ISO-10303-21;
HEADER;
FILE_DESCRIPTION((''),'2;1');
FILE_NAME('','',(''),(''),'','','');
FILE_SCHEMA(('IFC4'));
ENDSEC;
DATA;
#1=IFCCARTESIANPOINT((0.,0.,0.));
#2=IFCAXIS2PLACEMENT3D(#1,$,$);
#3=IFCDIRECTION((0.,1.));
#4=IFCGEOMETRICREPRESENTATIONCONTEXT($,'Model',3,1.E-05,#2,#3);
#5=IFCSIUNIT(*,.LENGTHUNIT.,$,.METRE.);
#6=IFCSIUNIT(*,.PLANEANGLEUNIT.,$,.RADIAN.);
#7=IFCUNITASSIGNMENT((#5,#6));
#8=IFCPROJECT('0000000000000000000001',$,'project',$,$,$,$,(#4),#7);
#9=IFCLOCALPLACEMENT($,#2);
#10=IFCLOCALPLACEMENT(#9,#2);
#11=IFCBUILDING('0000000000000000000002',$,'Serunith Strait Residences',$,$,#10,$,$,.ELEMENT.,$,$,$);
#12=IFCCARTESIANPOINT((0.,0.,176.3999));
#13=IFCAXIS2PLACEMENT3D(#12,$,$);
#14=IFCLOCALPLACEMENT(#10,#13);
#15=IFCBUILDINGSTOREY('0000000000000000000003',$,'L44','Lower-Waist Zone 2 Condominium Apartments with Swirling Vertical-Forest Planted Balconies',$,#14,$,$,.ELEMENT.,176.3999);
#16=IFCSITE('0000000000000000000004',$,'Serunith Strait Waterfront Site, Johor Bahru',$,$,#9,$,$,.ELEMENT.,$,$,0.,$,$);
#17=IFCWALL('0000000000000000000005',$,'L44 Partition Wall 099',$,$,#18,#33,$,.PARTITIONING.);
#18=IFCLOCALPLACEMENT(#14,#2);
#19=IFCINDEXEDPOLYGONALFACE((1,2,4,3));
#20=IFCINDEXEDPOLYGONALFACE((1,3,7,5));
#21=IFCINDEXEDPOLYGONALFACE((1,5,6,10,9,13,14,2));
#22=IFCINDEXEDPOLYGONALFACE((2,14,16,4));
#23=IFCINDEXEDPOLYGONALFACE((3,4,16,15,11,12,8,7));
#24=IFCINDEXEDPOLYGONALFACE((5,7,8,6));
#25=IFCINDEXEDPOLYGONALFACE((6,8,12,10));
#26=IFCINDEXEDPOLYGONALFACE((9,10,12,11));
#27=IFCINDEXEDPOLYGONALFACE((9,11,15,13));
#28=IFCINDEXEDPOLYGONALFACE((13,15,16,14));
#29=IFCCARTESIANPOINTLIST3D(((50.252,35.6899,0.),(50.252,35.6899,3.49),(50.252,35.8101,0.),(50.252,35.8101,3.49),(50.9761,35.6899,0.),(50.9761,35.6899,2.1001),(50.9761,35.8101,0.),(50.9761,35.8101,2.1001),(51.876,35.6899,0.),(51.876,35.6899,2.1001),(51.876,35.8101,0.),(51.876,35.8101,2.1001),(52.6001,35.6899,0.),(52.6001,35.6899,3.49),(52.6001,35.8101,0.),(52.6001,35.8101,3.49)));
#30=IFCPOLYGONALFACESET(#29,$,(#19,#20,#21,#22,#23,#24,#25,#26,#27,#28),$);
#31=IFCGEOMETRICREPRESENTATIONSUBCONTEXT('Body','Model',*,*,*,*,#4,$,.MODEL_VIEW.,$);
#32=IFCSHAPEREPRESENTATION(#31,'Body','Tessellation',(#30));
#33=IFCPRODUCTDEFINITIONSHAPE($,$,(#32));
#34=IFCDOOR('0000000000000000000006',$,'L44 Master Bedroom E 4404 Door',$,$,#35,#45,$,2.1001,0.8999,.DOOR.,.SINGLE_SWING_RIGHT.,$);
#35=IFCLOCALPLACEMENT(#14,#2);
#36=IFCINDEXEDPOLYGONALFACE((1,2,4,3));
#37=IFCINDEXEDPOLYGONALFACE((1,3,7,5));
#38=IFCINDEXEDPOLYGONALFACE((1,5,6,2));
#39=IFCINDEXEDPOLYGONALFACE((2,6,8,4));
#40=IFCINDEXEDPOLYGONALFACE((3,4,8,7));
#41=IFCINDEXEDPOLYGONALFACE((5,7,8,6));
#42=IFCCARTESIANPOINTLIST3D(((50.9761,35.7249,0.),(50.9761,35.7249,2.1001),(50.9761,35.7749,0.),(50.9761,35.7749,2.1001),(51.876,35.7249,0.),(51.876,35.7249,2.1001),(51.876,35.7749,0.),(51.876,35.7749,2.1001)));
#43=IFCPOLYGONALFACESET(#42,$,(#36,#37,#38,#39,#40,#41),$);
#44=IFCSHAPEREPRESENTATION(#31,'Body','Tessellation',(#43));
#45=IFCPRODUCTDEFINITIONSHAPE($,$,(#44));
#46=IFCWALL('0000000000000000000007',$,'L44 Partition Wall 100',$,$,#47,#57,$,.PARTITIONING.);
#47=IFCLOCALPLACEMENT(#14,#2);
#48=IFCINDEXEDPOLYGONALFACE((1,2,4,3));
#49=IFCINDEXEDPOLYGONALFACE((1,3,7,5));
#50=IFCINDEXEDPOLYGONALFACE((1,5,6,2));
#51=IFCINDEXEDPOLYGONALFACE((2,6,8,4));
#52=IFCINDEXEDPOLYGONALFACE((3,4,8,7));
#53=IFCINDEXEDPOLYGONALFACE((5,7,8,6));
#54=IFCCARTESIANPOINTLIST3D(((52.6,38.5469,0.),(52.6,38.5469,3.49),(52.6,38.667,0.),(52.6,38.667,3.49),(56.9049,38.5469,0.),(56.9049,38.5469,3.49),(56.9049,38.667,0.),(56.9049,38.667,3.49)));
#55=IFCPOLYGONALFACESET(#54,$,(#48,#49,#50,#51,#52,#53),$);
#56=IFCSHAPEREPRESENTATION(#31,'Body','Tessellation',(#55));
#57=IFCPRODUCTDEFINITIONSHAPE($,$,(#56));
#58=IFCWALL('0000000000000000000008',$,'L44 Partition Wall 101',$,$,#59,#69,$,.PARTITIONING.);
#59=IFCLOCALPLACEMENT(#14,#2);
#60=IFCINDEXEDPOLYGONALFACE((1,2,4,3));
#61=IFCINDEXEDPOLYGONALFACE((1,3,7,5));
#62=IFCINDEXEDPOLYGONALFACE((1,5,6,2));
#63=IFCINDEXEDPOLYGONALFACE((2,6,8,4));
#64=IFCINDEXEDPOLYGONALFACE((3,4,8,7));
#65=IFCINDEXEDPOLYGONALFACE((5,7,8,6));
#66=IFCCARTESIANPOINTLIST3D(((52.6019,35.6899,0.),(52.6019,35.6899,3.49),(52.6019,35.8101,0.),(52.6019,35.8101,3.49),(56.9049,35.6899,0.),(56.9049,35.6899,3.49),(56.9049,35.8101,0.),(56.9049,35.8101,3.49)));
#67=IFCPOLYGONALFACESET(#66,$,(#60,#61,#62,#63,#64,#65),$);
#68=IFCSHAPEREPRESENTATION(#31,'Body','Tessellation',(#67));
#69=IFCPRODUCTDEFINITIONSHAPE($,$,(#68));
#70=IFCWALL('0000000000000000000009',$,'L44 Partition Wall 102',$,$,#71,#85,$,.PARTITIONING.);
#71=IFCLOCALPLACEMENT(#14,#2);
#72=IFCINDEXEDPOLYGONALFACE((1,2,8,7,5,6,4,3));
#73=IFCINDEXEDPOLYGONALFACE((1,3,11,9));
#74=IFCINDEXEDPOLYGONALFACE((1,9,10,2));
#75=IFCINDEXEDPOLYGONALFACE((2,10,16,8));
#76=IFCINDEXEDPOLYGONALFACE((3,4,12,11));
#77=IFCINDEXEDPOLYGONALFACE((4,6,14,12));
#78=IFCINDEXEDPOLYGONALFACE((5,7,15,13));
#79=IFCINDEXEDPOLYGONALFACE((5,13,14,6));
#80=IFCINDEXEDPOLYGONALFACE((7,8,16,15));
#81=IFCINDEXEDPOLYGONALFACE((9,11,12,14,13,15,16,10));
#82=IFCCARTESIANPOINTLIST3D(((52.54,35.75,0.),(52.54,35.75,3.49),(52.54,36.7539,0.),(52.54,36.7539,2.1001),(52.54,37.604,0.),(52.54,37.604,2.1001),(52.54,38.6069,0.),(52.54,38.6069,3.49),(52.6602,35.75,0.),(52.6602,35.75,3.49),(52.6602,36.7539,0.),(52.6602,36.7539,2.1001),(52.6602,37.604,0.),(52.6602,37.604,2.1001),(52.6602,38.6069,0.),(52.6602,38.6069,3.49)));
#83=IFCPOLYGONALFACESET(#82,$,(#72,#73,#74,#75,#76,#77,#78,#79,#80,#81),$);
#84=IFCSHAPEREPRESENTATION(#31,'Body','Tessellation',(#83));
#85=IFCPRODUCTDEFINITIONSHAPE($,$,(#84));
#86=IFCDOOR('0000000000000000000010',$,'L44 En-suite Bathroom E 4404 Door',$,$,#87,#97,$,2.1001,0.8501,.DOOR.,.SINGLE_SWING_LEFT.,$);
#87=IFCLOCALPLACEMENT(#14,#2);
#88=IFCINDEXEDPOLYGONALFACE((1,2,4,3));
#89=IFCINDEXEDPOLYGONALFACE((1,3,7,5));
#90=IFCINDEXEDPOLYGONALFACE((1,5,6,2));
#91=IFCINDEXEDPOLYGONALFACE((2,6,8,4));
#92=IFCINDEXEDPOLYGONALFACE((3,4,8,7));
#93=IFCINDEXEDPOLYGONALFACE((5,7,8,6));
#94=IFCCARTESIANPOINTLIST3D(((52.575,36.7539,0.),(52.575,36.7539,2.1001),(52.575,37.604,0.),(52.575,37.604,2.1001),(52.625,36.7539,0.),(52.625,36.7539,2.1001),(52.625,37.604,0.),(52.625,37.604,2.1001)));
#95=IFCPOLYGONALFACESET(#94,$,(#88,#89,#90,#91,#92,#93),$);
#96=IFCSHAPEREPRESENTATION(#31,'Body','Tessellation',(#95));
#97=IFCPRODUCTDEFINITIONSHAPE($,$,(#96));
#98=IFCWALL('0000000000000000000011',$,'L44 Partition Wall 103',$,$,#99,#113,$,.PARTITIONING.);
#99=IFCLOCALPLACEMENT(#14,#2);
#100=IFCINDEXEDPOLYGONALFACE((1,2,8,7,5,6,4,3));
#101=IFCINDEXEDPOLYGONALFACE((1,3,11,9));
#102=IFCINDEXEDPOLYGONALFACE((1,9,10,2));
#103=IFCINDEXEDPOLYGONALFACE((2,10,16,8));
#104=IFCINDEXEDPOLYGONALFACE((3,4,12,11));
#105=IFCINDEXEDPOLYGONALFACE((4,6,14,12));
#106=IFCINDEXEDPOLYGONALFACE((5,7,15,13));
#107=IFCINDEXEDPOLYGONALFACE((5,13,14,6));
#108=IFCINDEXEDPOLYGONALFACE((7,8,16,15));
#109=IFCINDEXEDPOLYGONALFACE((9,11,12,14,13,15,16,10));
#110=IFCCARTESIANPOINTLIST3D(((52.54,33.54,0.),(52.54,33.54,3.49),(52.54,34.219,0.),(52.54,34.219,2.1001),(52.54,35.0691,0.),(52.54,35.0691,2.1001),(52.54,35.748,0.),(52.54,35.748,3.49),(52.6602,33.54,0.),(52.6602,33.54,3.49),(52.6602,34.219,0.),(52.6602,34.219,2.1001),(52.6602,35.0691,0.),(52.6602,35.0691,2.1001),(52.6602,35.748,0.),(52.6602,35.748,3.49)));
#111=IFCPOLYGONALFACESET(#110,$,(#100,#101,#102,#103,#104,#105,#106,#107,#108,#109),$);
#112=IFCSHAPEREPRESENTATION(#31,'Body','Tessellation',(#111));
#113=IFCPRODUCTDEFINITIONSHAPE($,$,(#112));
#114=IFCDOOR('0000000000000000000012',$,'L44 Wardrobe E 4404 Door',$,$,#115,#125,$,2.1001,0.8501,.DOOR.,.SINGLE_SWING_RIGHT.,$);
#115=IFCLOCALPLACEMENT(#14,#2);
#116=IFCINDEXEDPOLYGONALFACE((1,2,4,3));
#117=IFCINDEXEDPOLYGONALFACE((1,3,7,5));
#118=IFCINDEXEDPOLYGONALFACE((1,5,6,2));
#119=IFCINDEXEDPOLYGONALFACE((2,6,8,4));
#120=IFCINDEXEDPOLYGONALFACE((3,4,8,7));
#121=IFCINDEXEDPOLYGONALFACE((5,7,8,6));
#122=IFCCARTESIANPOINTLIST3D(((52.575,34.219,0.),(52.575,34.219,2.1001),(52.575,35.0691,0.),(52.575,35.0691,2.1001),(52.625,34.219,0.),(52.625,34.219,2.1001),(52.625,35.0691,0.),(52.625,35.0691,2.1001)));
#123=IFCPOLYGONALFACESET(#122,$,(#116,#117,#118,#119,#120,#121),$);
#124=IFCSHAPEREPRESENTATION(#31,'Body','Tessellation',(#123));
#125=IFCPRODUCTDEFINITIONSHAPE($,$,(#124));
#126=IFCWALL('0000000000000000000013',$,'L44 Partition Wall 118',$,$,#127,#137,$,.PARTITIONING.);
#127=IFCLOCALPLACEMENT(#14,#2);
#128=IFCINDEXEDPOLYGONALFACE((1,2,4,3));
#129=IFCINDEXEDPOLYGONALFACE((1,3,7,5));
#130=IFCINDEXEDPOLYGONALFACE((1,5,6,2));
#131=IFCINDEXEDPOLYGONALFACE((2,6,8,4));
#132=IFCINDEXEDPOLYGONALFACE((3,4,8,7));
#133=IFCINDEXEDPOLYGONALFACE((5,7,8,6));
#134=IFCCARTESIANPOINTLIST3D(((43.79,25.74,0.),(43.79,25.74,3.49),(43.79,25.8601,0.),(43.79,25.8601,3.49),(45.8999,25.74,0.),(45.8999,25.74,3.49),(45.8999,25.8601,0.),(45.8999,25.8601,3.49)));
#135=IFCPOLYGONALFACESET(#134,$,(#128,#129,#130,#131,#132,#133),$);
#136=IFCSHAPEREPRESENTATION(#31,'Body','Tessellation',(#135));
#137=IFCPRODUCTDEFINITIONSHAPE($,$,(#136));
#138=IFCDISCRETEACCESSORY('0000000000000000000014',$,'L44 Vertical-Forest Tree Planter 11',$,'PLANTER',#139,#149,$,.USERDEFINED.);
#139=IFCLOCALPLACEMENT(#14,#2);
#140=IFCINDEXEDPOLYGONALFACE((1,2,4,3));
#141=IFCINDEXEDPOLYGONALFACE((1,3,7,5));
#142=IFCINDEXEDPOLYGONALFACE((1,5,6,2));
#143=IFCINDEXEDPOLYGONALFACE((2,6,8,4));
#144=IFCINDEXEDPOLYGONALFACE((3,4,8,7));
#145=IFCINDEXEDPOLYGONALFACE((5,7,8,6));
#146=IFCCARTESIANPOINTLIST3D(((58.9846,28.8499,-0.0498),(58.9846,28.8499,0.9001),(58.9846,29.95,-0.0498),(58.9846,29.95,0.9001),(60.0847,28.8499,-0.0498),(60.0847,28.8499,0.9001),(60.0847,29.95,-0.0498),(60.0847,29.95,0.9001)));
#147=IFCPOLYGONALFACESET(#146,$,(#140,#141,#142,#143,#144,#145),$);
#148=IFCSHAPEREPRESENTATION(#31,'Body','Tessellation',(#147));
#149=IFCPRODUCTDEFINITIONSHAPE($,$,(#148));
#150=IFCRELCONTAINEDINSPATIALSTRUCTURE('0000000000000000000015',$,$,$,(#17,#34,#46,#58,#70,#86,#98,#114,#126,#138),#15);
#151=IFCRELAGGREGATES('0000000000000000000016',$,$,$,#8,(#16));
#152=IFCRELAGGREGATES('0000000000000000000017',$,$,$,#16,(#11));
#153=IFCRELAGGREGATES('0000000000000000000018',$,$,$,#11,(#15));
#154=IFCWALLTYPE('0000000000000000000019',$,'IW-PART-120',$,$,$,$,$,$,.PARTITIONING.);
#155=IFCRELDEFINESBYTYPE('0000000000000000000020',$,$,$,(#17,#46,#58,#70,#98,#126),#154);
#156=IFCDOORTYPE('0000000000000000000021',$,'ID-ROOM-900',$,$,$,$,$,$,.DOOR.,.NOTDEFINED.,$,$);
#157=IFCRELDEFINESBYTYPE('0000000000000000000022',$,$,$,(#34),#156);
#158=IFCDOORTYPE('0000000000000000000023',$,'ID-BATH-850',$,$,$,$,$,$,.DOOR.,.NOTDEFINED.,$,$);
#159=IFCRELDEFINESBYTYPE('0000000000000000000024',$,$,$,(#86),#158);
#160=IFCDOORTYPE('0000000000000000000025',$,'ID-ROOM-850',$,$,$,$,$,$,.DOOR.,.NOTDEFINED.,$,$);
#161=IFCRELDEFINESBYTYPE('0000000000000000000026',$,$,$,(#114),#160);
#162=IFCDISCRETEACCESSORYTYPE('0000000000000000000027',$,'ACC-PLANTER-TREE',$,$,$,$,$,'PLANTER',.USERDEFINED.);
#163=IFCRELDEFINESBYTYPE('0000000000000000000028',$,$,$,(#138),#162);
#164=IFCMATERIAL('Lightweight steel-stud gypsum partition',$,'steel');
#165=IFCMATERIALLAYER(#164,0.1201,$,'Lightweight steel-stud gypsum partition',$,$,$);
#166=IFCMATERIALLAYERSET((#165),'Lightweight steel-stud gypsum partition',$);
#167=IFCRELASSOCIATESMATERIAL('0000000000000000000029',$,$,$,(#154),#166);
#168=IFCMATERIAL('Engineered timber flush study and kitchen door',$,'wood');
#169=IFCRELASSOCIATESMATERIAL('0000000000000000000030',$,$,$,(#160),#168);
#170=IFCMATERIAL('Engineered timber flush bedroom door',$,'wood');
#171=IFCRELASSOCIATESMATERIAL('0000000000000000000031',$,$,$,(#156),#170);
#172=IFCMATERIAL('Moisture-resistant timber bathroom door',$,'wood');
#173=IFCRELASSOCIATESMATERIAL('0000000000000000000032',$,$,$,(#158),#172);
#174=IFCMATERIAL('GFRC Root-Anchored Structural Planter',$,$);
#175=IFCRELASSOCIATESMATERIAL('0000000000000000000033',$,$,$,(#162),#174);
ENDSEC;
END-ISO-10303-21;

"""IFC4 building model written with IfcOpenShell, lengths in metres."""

from ifc_helpers import new_model, si_unit, direction, frame, frame_2d, origin, origin_2d, place, context, subcontext, project, spatial, rectangle, extrude, source, transform, mapped, material, layer, layer_set, type_object, element, fill, save


model = new_model("IFC4")

# Units and contexts
model_context = context("Model", 3, precision=1e-05, world=origin(), true_north=direction((0.0, 1.0)))
body_context = subcontext(model_context, "Body", "Model", "MODEL_VIEW")
ifc_project = project(units=[si_unit("LENGTHUNIT", "METRE"), si_unit("PLANEANGLEUNIT", "RADIAN")], contexts=[model_context])

# Site, building, storey
site_placement = place(None, origin())
site = spatial("IfcSite", under=ifc_project, at=site_placement, Name="Serunith Strait Waterfront Site, Johor Bahru", CompositionType="ELEMENT", RefElevation=0.0)
building_placement = place(site_placement, origin())
building = spatial("IfcBuilding", under=site, at=building_placement, Name="Serunith Strait Residences", CompositionType="ELEMENT")
storey_placement = place(building_placement, frame((0.0, 0.0, 176.3999)))
storey = spatial("IfcBuildingStorey", under=building, at=storey_placement, Name="L44", Description="Lower-Waist Zone 2 Condominium Apartments with Swirling Vertical-Forest Planted Balconies", CompositionType="ELEMENT", Elevation=176.3999)

# Wall, opening, door
ifc_material_1 = material(Name="Lightweight steel-stud gypsum partition", Category="steel")
ifc_layer_1 = layer(ifc_material_1, 0.1201, Name="Lightweight steel-stud gypsum partition")
ifc_layer_set_1 = layer_set([ifc_layer_1], Name="Lightweight steel-stud gypsum partition")
wall_type_1 = type_object("IfcWallType", Name="IW-PART-120", PredefinedType="PARTITIONING", material=ifc_layer_set_1)
ifc_material_2 = material(Name="Engineered timber flush study and kitchen door", Category="wood")
door_type_1 = type_object("IfcDoorType", Name="ID-ROOM-850", OperationType="NOTDEFINED", PredefinedType="DOOR", material=ifc_material_2)
shared_shape_1 = source(origin(), body_context, "Body", "SweptSolid", [
    extrude(rectangle(XDim=0.8501, YDim=2.1001, at=frame_2d((0.425, 1.05))), frame((0.0, 0.0249, 0.0), z_axis=(0.0, -1.0, 0.0), x_axis=(1.0, 0.0, 0.0)), (0.0, 0.0, 1.0), 0.05),
])
wall_1_placement = place(storey_placement, frame((50.252, 35.75, 0.0), z_axis=(0.0, 0.0, 1.0), x_axis=(1.0, 0.0, 0.0)))
wall_1 = element("IfcWall", 1, at=wall_1_placement, inside=storey, type_object=wall_type_1, Name="L44 Partition Wall 099", PredefinedType="PARTITIONING", context=body_context, shape_type="SweptSolid", body=[
    extrude(rectangle(XDim=2.3481, YDim=0.1201, at=frame_2d((1.1741, 0.0))), origin(), (0.0, 0.0, 1.0), 3.49),
])
opening_1_placement = place(wall_1_placement, frame((0.7241, 0.0, 0.0)))
opening_1 = element("IfcOpeningElement", 2, at=opening_1_placement, cuts=wall_1, PredefinedType="OPENING", context=body_context, shape_type="SweptSolid", body=[
    extrude(rectangle(XDim=0.8999, YDim=2.1001, at=frame_2d((0.45, 1.05))), frame((0.0, 0.0701, 0.0), z_axis=(0.0, -1.0, 0.0), x_axis=(1.0, 0.0, 0.0)), (0.0, 0.0, 1.0), 0.1401),
])
ifc_material_3 = material(Name="Engineered timber flush bedroom door", Category="wood")
door_type_2 = type_object("IfcDoorType", Name="ID-ROOM-900", OperationType="NOTDEFINED", PredefinedType="DOOR", material=ifc_material_3)
shared_shape_2 = source(origin(), body_context, "Body", "SweptSolid", [
    extrude(rectangle(XDim=0.8999, YDim=2.1001, at=frame_2d((0.45, 1.05))), frame((0.0, 0.0249, 0.0), z_axis=(0.0, -1.0, 0.0), x_axis=(1.0, 0.0, 0.0)), (0.0, 0.0, 1.0), 0.05),
])
door_1_placement = place(opening_1_placement, origin())
door_1 = element("IfcDoor", 3, at=door_1_placement, inside=storey, type_object=door_type_2, Name="L44 Master Bedroom E 4404 Door", OperationType="SINGLE_SWING_RIGHT", OverallHeight=2.1001, OverallWidth=0.8999, PredefinedType="DOOR", context=body_context, shape_type="MappedRepresentation", body=[
    mapped(shared_shape_2, transform((0.0, 0.0, 0.0), scale=1.0)),
])
fill(opening_1, door_1)

# Walls
wall_2_placement = place(storey_placement, frame((52.6001, 38.6069, 0.0), z_axis=(0.0, 0.0, 1.0), x_axis=(1.0, 0.0, 0.0)))
element("IfcWall", 4, at=wall_2_placement, inside=storey, type_object=wall_type_1, Name="L44 Partition Wall 100", PredefinedType="PARTITIONING", context=body_context, shape_type="SweptSolid", body=[
    extrude(rectangle(XDim=4.3049, YDim=0.1201, at=frame_2d((2.1523, 0.0))), origin(), (0.0, 0.0, 1.0), 3.49),
])
wall_3_placement = place(storey_placement, frame((52.6021, 35.75, 0.0), z_axis=(0.0, 0.0, 1.0), x_axis=(1.0, 0.0, 0.0)))
element("IfcWall", 5, at=wall_3_placement, inside=storey, type_object=wall_type_1, Name="L44 Partition Wall 101", PredefinedType="PARTITIONING", context=body_context, shape_type="SweptSolid", body=[
    extrude(rectangle(XDim=4.303, YDim=0.1201, at=frame_2d((2.1514, 0.0))), origin(), (0.0, 0.0, 1.0), 3.49),
])

# Walls, openings, doors
wall_4_placement = place(storey_placement, frame((52.6001, 38.6069, 0.0), z_axis=(0.0, 0.0, 1.0), x_axis=(0.0, -1.0, 0.0)))
wall_4 = element("IfcWall", 6, at=wall_4_placement, inside=storey, type_object=wall_type_1, Name="L44 Partition Wall 102", PredefinedType="PARTITIONING", context=body_context, shape_type="SweptSolid", body=[
    extrude(rectangle(XDim=2.8569, YDim=0.1201, at=frame_2d((1.4285, 0.0))), origin(), (0.0, 0.0, 1.0), 3.49),
])
opening_2_placement = place(wall_4_placement, frame((1.0029, 0.0, 0.0)))
opening_2 = element("IfcOpeningElement", 7, at=opening_2_placement, cuts=wall_4, PredefinedType="OPENING", context=body_context, shape_type="SweptSolid", body=[
    extrude(rectangle(XDim=0.8501, YDim=2.1001, at=frame_2d((0.425, 1.05))), frame((0.0, 0.0701, 0.0), z_axis=(0.0, -1.0, 0.0), x_axis=(1.0, 0.0, 0.0)), (0.0, 0.0, 1.0), 0.1401),
])
ifc_material_4 = material(Name="Moisture-resistant timber bathroom door", Category="wood")
door_type_3 = type_object("IfcDoorType", Name="ID-BATH-850", OperationType="NOTDEFINED", PredefinedType="DOOR", material=ifc_material_4)
door_2_placement = place(opening_2_placement, origin())
door_2 = element("IfcDoor", 8, at=door_2_placement, inside=storey, type_object=door_type_3, Name="L44 En-suite Bathroom E 4404 Door", OperationType="SINGLE_SWING_LEFT", OverallHeight=2.1001, OverallWidth=0.8501, PredefinedType="DOOR", context=body_context, shape_type="MappedRepresentation", body=[
    mapped(shared_shape_1, transform((0.0, 0.0, 0.0), scale=1.0)),
])
fill(opening_2, door_2)
wall_5_placement = place(storey_placement, frame((52.6001, 35.748, 0.0), z_axis=(0.0, 0.0, 1.0), x_axis=(0.0, -1.0, 0.0)))
wall_5 = element("IfcWall", 9, at=wall_5_placement, inside=storey, type_object=wall_type_1, Name="L44 Partition Wall 103", PredefinedType="PARTITIONING", context=body_context, shape_type="SweptSolid", body=[
    extrude(rectangle(XDim=2.208, YDim=0.1201, at=frame_2d((1.104, 0.0))), origin(), (0.0, 0.0, 1.0), 3.49),
])
opening_3_placement = place(wall_5_placement, frame((0.679, 0.0, 0.0)))
opening_3 = element("IfcOpeningElement", 10, at=opening_3_placement, cuts=wall_5, PredefinedType="OPENING", context=body_context, shape_type="SweptSolid", body=[
    extrude(rectangle(XDim=0.8501, YDim=2.1001, at=frame_2d((0.425, 1.05))), frame((0.0, 0.0701, 0.0), z_axis=(0.0, -1.0, 0.0), x_axis=(1.0, 0.0, 0.0)), (0.0, 0.0, 1.0), 0.1401),
])
door_3_placement = place(opening_3_placement, origin())
door_3 = element("IfcDoor", 11, at=door_3_placement, inside=storey, type_object=door_type_1, Name="L44 Wardrobe E 4404 Door", OperationType="SINGLE_SWING_RIGHT", OverallHeight=2.1001, OverallWidth=0.8501, PredefinedType="DOOR", context=body_context, shape_type="MappedRepresentation", body=[
    mapped(shared_shape_1, transform((0.0, 0.0, 0.0), scale=1.0)),
])
fill(opening_3, door_3)

# Wall
wall_6_placement = place(storey_placement, frame((45.8999, 25.8, 0.0), z_axis=(0.0, 0.0, 1.0), x_axis=(-1.0, 0.0, 0.0)))
element("IfcWall", 12, at=wall_6_placement, inside=storey, type_object=wall_type_1, Name="L44 Partition Wall 118", PredefinedType="PARTITIONING", context=body_context, shape_type="SweptSolid", body=[
    extrude(rectangle(XDim=2.1099, YDim=0.1201, at=frame_2d((1.0549, 0.0))), origin(), (0.0, 0.0, 1.0), 3.49),
])

# Discrete accessory
ifc_material_5 = material(Name="GFRC Root-Anchored Structural Planter")
discrete_accessory_type = type_object("IfcDiscreteAccessoryType", Name="ACC-PLANTER-TREE", ElementType="PLANTER", PredefinedType="USERDEFINED", material=ifc_material_5)
shared_shape_3 = source(origin(), body_context, "Body", "SweptSolid", [
    extrude(rectangle(XDim=1.1001, YDim=1.1001, at=origin_2d()), origin(), (0.0, 0.0, 1.0), 0.95),
])
discrete_accessory_placement = place(storey_placement, frame((59.5347, 29.3999, -0.0498), z_axis=(0.0, 0.0, 1.0), x_axis=(0.0, 1.0, 0.0)))
element("IfcDiscreteAccessory", 13, at=discrete_accessory_placement, inside=storey, type_object=discrete_accessory_type, Name="L44 Vertical-Forest Tree Planter 11", ObjectType="PLANTER", PredefinedType="USERDEFINED", context=body_context, shape_type="MappedRepresentation", body=[
    mapped(shared_shape_3, transform((0.0, 0.0, 0.0), scale=1.0)),
])

save(model, "model.ifc")
